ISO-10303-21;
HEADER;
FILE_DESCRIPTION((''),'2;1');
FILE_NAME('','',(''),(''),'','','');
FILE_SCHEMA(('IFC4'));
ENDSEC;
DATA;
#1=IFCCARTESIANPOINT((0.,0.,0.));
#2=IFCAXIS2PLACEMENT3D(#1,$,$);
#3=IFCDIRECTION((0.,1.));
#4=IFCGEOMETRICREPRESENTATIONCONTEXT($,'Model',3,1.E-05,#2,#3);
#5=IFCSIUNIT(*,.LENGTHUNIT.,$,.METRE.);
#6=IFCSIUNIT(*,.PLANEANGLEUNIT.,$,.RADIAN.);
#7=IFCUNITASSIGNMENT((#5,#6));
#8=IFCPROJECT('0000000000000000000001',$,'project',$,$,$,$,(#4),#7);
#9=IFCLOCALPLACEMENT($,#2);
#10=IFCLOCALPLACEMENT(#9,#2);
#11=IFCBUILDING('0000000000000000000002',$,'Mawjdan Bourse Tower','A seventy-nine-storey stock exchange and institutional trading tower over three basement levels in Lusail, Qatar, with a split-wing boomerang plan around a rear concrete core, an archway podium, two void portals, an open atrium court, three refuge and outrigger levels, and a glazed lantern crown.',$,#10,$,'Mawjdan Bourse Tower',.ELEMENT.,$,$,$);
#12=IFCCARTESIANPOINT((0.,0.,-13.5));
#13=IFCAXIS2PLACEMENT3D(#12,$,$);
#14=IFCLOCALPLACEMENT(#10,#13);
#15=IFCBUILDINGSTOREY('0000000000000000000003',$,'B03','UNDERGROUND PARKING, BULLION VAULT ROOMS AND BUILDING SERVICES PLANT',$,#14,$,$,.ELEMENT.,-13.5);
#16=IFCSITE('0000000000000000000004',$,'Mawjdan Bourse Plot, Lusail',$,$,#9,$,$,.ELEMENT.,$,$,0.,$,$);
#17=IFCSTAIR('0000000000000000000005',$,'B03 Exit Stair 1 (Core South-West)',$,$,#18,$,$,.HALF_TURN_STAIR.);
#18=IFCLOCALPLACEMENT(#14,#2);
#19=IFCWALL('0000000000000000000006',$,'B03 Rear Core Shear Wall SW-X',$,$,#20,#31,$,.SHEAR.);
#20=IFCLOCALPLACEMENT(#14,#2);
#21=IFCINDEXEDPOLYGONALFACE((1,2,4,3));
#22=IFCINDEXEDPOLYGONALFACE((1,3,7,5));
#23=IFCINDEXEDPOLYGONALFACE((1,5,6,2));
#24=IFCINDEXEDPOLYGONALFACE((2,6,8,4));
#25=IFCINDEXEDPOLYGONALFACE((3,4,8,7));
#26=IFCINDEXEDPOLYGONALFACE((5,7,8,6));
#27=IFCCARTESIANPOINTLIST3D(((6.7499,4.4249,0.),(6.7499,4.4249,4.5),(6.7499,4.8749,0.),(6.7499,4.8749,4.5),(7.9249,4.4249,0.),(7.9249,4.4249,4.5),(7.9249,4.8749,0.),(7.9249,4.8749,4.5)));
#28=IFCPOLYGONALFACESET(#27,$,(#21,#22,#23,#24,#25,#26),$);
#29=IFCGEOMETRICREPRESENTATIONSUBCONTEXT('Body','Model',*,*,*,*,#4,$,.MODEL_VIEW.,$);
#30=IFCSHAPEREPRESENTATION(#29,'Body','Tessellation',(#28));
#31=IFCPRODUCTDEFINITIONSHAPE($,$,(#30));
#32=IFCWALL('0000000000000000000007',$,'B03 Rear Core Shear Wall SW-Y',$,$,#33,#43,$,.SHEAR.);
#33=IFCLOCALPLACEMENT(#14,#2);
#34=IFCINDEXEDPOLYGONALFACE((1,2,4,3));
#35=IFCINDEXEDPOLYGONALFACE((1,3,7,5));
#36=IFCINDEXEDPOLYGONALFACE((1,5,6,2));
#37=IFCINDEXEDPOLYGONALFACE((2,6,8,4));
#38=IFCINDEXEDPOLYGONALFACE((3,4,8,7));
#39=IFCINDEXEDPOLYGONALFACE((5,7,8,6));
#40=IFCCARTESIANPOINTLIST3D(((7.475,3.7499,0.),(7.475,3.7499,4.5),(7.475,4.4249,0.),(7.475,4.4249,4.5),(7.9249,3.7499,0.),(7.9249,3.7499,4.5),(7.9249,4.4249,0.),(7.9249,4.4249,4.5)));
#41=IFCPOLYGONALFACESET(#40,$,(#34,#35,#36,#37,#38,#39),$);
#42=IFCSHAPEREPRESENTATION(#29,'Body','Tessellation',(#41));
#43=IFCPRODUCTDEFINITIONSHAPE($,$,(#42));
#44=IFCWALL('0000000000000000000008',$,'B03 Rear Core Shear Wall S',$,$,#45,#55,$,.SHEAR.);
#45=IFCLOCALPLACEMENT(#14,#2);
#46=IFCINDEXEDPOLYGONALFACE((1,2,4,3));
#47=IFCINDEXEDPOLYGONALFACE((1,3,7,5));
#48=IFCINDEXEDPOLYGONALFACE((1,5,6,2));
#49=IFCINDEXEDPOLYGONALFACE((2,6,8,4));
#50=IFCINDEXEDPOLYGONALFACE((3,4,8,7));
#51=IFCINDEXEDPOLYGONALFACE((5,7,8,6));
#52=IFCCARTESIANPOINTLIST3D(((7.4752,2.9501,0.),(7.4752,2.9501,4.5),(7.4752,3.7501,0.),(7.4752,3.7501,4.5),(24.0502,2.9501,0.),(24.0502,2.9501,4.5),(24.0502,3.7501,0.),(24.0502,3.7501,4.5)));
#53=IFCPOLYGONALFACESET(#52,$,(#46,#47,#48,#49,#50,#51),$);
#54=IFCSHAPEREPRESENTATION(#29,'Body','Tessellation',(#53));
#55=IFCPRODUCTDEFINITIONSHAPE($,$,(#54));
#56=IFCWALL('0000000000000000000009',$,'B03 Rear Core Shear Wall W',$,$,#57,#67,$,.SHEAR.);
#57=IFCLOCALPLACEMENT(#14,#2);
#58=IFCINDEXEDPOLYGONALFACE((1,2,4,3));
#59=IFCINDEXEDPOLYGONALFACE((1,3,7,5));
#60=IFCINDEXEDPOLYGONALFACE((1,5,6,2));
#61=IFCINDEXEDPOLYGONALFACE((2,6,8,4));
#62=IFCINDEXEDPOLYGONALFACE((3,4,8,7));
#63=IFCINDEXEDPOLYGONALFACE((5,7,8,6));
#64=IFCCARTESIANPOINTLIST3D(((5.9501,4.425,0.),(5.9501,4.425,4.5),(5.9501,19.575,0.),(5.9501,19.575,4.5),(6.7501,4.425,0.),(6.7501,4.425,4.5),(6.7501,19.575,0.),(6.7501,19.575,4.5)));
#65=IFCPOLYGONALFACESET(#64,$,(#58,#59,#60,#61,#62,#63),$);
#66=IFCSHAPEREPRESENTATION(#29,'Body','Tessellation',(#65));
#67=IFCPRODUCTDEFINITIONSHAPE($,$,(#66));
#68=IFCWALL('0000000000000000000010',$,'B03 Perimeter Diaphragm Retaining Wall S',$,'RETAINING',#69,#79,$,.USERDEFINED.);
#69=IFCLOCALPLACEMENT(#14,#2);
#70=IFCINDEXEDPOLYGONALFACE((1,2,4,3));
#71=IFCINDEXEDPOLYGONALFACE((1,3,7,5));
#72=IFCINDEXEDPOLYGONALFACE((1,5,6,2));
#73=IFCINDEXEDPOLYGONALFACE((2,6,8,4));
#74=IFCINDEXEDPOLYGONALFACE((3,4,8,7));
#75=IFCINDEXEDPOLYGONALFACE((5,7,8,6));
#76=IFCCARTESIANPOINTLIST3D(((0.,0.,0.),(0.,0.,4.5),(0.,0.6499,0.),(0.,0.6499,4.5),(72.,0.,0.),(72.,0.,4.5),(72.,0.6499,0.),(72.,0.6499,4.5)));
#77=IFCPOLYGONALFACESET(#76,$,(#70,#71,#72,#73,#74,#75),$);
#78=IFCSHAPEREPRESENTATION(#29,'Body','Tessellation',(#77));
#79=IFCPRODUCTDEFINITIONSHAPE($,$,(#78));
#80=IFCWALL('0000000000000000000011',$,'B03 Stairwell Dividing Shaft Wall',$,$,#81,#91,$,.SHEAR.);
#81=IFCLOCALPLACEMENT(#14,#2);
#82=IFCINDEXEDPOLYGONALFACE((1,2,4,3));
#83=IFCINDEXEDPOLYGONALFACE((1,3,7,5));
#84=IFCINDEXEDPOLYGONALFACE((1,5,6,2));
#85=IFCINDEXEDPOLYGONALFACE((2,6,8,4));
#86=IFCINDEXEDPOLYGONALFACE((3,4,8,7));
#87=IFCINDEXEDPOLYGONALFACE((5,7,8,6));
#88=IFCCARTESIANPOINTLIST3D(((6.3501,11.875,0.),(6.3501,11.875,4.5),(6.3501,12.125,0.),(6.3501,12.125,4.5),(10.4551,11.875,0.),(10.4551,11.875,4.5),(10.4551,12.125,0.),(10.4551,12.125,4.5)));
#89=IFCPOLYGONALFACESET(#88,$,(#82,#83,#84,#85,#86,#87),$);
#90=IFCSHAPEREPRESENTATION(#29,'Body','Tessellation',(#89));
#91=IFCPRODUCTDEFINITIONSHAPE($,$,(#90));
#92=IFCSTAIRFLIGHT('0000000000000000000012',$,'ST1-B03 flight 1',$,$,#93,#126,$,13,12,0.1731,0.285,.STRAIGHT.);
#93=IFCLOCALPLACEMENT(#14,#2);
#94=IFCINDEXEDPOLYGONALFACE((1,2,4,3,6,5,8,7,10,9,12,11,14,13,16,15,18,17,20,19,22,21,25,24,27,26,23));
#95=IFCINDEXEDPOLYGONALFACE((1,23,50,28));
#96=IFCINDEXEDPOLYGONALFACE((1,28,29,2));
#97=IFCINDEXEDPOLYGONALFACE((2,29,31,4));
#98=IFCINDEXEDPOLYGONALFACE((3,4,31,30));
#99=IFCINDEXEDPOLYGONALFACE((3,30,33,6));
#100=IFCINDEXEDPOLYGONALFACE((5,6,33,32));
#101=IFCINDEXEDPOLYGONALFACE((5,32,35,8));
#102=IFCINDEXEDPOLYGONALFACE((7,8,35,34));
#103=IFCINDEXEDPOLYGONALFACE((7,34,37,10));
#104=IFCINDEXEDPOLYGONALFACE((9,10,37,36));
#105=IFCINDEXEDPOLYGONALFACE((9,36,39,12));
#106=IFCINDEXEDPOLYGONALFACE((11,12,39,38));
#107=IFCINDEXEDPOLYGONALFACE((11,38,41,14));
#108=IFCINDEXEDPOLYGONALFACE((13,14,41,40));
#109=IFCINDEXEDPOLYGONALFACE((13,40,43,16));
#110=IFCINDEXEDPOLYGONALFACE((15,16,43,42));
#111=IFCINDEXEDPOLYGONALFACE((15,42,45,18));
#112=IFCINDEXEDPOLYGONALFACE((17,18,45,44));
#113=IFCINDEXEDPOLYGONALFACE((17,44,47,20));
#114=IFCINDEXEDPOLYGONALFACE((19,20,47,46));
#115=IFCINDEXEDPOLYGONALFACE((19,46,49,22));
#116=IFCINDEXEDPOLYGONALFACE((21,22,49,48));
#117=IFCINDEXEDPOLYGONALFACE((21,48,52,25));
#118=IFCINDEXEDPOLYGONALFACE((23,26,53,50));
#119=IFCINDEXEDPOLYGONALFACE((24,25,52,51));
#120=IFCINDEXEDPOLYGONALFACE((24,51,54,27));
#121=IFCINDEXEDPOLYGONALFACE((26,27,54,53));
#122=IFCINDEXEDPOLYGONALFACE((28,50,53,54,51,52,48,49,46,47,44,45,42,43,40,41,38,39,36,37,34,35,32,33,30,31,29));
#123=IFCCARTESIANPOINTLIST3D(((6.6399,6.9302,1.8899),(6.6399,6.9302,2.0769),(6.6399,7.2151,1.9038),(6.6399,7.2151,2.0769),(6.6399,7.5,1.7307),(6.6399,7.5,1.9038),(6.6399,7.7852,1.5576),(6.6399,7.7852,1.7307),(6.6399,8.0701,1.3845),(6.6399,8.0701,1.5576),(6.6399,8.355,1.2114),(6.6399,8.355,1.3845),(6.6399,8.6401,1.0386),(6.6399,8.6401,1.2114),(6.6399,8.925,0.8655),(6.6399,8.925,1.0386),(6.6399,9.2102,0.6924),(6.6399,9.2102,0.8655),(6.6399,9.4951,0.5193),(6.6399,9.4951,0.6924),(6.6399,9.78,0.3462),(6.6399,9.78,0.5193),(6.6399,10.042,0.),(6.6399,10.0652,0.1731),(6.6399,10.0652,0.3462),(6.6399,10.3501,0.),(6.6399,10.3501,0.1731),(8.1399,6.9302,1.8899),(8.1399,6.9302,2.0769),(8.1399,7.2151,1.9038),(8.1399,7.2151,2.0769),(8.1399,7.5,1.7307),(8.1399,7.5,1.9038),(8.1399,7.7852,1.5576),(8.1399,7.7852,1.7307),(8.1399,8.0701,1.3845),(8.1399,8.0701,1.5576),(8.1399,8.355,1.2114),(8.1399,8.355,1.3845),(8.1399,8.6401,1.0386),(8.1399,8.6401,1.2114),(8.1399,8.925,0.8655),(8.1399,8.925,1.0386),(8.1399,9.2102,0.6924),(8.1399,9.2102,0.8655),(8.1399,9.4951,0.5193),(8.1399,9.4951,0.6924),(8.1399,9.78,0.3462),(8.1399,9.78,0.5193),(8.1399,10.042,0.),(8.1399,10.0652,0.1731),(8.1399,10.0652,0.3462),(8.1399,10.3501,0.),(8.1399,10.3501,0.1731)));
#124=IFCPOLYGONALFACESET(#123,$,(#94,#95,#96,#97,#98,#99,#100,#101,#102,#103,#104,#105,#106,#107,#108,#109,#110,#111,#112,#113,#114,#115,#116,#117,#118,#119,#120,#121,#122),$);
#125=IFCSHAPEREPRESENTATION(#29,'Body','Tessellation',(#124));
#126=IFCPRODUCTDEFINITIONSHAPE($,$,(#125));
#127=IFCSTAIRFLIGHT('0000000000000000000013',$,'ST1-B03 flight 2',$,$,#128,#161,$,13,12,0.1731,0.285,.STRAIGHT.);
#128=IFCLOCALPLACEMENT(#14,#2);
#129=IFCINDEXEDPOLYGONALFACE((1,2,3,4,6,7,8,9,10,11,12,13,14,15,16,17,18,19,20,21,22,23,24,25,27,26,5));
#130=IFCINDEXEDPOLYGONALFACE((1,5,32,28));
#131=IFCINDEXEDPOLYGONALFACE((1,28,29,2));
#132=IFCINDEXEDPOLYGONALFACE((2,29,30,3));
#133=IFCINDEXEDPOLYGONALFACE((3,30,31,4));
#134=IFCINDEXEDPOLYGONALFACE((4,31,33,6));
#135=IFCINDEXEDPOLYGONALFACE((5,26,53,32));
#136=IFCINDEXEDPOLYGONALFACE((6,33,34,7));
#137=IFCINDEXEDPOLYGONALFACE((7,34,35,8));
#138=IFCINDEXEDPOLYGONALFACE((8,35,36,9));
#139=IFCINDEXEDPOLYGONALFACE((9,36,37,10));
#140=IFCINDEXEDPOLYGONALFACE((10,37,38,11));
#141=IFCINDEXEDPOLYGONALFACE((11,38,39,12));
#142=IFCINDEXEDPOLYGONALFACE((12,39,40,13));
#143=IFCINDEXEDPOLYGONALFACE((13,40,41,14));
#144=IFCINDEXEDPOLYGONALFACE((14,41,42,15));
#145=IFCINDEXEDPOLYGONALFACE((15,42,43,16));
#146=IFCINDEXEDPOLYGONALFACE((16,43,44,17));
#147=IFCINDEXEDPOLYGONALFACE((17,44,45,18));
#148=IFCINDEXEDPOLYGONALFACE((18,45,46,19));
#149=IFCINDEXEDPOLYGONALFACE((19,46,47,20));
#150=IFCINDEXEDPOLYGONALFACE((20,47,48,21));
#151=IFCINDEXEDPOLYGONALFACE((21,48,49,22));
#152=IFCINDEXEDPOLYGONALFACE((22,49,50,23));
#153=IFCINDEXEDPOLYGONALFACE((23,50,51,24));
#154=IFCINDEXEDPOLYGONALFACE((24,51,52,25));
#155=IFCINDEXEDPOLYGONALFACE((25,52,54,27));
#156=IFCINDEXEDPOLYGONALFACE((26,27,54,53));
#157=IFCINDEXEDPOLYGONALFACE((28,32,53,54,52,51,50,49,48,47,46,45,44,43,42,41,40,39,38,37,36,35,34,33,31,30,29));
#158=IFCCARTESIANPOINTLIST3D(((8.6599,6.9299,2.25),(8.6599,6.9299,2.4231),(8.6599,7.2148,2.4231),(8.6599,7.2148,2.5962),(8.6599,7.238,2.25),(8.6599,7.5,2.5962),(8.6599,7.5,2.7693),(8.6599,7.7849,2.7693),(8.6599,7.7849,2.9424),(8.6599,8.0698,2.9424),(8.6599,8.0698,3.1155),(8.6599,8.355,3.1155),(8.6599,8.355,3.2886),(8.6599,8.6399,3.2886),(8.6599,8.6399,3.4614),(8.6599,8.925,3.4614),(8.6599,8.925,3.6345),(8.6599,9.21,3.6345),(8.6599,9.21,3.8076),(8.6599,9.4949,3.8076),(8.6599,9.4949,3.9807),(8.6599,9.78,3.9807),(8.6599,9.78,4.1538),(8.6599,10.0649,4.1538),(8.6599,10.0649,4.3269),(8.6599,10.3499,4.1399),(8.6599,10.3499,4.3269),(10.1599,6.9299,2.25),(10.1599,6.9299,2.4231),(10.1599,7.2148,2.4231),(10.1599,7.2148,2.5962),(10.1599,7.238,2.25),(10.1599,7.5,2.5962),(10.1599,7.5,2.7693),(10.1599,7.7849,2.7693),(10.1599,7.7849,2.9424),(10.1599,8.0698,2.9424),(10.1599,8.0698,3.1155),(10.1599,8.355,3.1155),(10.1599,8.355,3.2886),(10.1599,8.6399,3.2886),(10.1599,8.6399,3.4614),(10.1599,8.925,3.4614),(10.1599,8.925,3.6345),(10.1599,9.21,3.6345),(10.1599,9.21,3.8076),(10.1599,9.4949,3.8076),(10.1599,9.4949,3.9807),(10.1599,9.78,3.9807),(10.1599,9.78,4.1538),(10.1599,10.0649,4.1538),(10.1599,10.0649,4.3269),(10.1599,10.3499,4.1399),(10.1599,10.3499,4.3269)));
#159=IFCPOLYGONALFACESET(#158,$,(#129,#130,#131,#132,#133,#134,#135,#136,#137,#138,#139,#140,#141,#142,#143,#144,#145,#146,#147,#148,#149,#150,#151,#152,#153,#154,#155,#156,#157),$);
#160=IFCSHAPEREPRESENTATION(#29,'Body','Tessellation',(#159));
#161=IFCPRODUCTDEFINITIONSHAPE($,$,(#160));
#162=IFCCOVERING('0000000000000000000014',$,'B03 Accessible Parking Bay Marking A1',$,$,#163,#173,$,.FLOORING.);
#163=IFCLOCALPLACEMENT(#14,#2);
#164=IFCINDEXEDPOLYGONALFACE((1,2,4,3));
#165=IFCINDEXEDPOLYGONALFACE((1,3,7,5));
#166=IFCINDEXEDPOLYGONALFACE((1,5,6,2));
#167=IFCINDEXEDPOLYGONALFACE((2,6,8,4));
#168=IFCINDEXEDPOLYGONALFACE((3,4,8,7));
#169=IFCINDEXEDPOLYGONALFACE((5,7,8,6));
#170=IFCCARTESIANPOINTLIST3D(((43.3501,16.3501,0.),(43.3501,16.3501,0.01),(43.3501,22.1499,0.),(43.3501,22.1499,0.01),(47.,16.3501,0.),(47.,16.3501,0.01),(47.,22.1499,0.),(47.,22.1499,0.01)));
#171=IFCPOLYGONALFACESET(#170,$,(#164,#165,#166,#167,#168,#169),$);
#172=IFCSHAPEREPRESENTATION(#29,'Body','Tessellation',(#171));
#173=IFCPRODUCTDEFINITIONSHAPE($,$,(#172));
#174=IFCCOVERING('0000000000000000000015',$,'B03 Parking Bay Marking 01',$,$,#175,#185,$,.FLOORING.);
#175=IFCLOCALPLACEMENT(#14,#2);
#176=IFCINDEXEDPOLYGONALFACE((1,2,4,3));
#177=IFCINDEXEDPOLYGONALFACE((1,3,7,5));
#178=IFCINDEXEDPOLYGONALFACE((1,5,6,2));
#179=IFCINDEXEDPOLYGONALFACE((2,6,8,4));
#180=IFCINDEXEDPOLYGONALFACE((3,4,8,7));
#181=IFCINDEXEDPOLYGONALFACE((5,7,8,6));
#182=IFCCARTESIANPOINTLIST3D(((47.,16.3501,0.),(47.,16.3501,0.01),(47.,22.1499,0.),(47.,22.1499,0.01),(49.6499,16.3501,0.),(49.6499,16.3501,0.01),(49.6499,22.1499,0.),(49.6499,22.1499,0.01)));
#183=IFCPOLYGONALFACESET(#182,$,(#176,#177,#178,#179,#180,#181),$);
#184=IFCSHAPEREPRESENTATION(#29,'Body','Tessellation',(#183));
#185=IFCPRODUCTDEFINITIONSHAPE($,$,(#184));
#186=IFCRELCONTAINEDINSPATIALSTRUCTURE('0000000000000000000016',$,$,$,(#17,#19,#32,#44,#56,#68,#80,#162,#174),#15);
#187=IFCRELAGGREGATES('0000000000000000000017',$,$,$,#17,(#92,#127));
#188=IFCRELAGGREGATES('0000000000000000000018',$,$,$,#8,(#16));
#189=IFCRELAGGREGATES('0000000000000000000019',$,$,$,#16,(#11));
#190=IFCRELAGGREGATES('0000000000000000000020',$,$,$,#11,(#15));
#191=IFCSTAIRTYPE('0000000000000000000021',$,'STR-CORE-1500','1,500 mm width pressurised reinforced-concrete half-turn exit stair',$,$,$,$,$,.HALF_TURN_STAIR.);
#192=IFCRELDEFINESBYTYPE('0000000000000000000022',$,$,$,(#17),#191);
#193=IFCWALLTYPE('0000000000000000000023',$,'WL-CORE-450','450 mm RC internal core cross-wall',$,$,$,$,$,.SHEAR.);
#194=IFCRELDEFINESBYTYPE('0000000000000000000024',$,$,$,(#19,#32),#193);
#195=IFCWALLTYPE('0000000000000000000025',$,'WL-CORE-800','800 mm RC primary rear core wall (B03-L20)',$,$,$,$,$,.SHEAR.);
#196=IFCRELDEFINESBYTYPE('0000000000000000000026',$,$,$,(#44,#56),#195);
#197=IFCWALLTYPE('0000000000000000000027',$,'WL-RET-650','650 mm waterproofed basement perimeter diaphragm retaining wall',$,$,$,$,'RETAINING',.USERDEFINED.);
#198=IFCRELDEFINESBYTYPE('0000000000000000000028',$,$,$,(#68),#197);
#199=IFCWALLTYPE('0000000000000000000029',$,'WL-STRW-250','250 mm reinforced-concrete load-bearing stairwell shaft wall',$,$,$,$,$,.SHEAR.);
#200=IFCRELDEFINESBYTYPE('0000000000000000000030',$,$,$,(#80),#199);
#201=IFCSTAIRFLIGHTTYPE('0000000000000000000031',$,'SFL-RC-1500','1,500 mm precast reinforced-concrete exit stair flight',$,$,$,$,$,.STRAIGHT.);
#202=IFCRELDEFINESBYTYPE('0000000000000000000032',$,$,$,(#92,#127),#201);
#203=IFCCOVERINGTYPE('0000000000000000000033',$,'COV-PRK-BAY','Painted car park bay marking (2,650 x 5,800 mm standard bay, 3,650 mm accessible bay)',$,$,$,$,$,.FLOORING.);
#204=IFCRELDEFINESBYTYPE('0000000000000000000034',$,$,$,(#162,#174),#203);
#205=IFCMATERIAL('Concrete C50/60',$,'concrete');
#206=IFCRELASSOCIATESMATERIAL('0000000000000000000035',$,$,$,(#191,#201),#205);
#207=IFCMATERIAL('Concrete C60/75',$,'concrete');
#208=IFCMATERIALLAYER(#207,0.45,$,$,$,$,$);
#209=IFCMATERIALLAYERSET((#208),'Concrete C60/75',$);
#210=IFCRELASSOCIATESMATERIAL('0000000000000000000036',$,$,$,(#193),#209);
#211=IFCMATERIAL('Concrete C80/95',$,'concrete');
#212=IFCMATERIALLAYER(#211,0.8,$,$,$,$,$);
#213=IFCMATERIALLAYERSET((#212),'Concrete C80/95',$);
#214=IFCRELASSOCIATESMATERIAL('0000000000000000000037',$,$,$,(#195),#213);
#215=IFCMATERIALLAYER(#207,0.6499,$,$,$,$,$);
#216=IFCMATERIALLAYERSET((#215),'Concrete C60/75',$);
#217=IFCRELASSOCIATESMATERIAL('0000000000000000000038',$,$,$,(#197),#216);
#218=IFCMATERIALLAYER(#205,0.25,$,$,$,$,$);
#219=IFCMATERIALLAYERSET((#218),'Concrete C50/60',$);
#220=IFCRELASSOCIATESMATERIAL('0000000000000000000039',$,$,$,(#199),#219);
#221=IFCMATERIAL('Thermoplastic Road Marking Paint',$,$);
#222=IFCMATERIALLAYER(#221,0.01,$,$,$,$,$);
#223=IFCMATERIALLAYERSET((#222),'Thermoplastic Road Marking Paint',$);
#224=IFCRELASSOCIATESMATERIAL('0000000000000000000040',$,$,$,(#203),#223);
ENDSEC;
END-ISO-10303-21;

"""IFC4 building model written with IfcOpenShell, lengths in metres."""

from ifc_helpers import new_model, si_unit, direction, frame, frame_2d, origin, place, context, subcontext, project, spatial, polyline, rectangle, outline, extrude, material, layer, layer_set, type_object, element, aggregate, save


model = new_model("IFC4")

# Units and contexts
model_context = context("Model", 3, precision=1e-05, world=origin(), true_north=direction((0.0, 1.0)))
body_context = subcontext(model_context, "Body", "Model", "MODEL_VIEW")
ifc_project = project(units=[si_unit("LENGTHUNIT", "METRE"), si_unit("PLANEANGLEUNIT", "RADIAN")], contexts=[model_context])

# Site, building, storey
site_placement = place(None, origin())
site = spatial("IfcSite", under=ifc_project, at=site_placement, Name="Mawjdan Bourse Plot, Lusail", CompositionType="ELEMENT", RefElevation=0.0)
building_placement = place(site_placement, origin())
building = spatial("IfcBuilding", under=site, at=building_placement, Name="Mawjdan Bourse Tower", Description="A seventy-nine-storey stock exchange and institutional trading tower over three basement levels in Lusail, Qatar, with a split-wing boomerang plan around a rear concrete core, an archway podium, two void portals, an open atrium court, three refuge and outrigger levels, and a glazed lantern crown.", LongName="Mawjdan Bourse Tower", CompositionType="ELEMENT")
storey_placement = place(building_placement, frame((0.0, 0.0, -13.5)))
storey = spatial("IfcBuildingStorey", under=building, at=storey_placement, Name="B03", Description="UNDERGROUND PARKING, BULLION VAULT ROOMS AND BUILDING SERVICES PLANT", CompositionType="ELEMENT", Elevation=-13.5)

# Shared definitions
ifc_material_1 = material(Name="Concrete C60/75", Category="concrete")

# Shared definitions
ifc_material_2 = material(Name="Concrete C80/95", Category="concrete")

# Shared definitions
ifc_material_3 = material(Name="Concrete C50/60", Category="concrete")

# Stair
stair_type = type_object("IfcStairType", Name="STR-CORE-1500", Description="1,500 mm width pressurised reinforced-concrete half-turn exit stair", PredefinedType="HALF_TURN_STAIR", material=ifc_material_3)
stair_1_placement = place(storey_placement, origin())
stair_1 = element("IfcStair", 1, at=stair_1_placement, inside=storey, type_object=stair_type, Name="B03 Exit Stair 1 (Core South-West)", PredefinedType="HALF_TURN_STAIR")

# Walls
ifc_layer_1 = layer(ifc_material_1, 0.45)
ifc_layer_set_1 = layer_set([ifc_layer_1], Name="Concrete C60/75")
wall_type_1 = type_object("IfcWallType", Name="WL-CORE-450", Description="450 mm RC internal core cross-wall", PredefinedType="SHEAR", material=ifc_layer_set_1)
wall_1_placement = place(storey_placement, frame((6.75, 4.6499, 0.0), z_axis=(0.0, 0.0, 1.0), x_axis=(1.0, 0.0, 0.0)))
element("IfcWall", 2, at=wall_1_placement, inside=storey, type_object=wall_type_1, Name="B03 Rear Core Shear Wall SW-X", PredefinedType="SHEAR", context=body_context, shape_type="SweptSolid", body=[
    extrude(rectangle(XDim=1.175, YDim=0.45, at=frame_2d((0.5874, 0.0))), origin(), (0.0, 0.0, 1.0), 4.5),
])
wall_2_placement = place(storey_placement, frame((7.7, 3.75, 0.0), z_axis=(0.0, 0.0, 1.0), x_axis=(0.0, 1.0, 0.0)))
element("IfcWall", 3, at=wall_2_placement, inside=storey, type_object=wall_type_1, Name="B03 Rear Core Shear Wall SW-Y", PredefinedType="SHEAR", context=body_context, shape_type="SweptSolid", body=[
    extrude(rectangle(XDim=0.675, YDim=0.45, at=frame_2d((0.3374, 0.0))), origin(), (0.0, 0.0, 1.0), 4.5),
])
ifc_layer_2 = layer(ifc_material_2, 0.8)
ifc_layer_set_2 = layer_set([ifc_layer_2], Name="Concrete C80/95")
wall_type_2 = type_object("IfcWallType", Name="WL-CORE-800", Description="800 mm RC primary rear core wall (B03-L20)", PredefinedType="SHEAR", material=ifc_layer_set_2)
wall_3_placement = place(storey_placement, frame((7.4751, 3.3501, 0.0), z_axis=(0.0, 0.0, 1.0), x_axis=(1.0, 0.0, 0.0)))
element("IfcWall", 4, at=wall_3_placement, inside=storey, type_object=wall_type_2, Name="B03 Rear Core Shear Wall S", PredefinedType="SHEAR", context=body_context, shape_type="SweptSolid", body=[
    extrude(rectangle(XDim=16.575, YDim=0.8, at=frame_2d((8.2876, 0.0))), origin(), (0.0, 0.0, 1.0), 4.5),
])
wall_4_placement = place(storey_placement, frame((6.3501, 4.425, 0.0), z_axis=(0.0, 0.0, 1.0), x_axis=(0.0, 1.0, 0.0)))
element("IfcWall", 5, at=wall_4_placement, inside=storey, type_object=wall_type_2, Name="B03 Rear Core Shear Wall W", PredefinedType="SHEAR", context=body_context, shape_type="SweptSolid", body=[
    extrude(rectangle(XDim=15.1499, YDim=0.8, at=frame_2d((7.575, 0.0))), origin(), (0.0, 0.0, 1.0), 4.5),
])
ifc_layer_3 = layer(ifc_material_1, 0.6499)
ifc_layer_set_3 = layer_set([ifc_layer_3], Name="Concrete C60/75")
wall_type_3 = type_object("IfcWallType", Name="WL-RET-650", Description="650 mm waterproofed basement perimeter diaphragm retaining wall", ElementType="RETAINING", PredefinedType="USERDEFINED", material=ifc_layer_set_3)
wall_5_placement = place(storey_placement, frame((0.0, 0.325, 0.0), z_axis=(0.0, 0.0, 1.0), x_axis=(1.0, 0.0, 0.0)))
element("IfcWall", 6, at=wall_5_placement, inside=storey, type_object=wall_type_3, Name="B03 Perimeter Diaphragm Retaining Wall S", ObjectType="RETAINING", PredefinedType="USERDEFINED", context=body_context, shape_type="SweptSolid", body=[
    extrude(rectangle(XDim=72.0, YDim=0.6499, at=frame_2d((36.0, 0.0))), origin(), (0.0, 0.0, 1.0), 4.5),
])
ifc_layer_4 = layer(ifc_material_3, 0.25)
ifc_layer_set_4 = layer_set([ifc_layer_4], Name="Concrete C50/60")
wall_type_4 = type_object("IfcWallType", Name="WL-STRW-250", Description="250 mm reinforced-concrete load-bearing stairwell shaft wall", PredefinedType="SHEAR", material=ifc_layer_set_4)
wall_6_placement = place(storey_placement, frame((6.3501, 12.0, 0.0), z_axis=(0.0, 0.0, 1.0), x_axis=(1.0, 0.0, 0.0)))
element("IfcWall", 7, at=wall_6_placement, inside=storey, type_object=wall_type_4, Name="B03 Stairwell Dividing Shaft Wall", PredefinedType="SHEAR", context=body_context, shape_type="SweptSolid", body=[
    extrude(rectangle(XDim=4.105, YDim=0.25, at=frame_2d((2.0525, 0.0))), origin(), (0.0, 0.0, 1.0), 4.5),
])

# Stair flights
stair_flight_type = type_object("IfcStairFlightType", Name="SFL-RC-1500", Description="1,500 mm precast reinforced-concrete exit stair flight", PredefinedType="STRAIGHT", material=ifc_material_3)
stair_flight_1_placement = place(storey_placement, frame((7.3899, 10.3501, 0.0), z_axis=(0.0, 0.0, 1.0), x_axis=(0.0, -1.0, 0.0)))
stair_flight_1 = element("IfcStairFlight", 8, at=stair_flight_1_placement, type_object=stair_flight_type, Name="ST1-B03 flight 1", NumberOfRisers=13, NumberOfTreads=12, PredefinedType="STRAIGHT", RiserHeight=0.1731, TreadLength=0.285, context=body_context, shape_type="SweptSolid", body=[
    extrude(outline(polyline([(0.0, 0.0), (0.0, 0.1731), (0.2849, 0.1731), (0.2849, 0.3462), (0.5701, 0.3462), (0.5701, 0.5193), (0.855, 0.5193), (0.855, 0.6924), (1.1399, 0.6924), (1.1399, 0.8655), (1.425, 0.8655), (1.425, 1.0386), (1.71, 1.0386), (1.71, 1.2114), (1.9951, 1.2114), (1.9951, 1.3845), (2.28, 1.3845), (2.28, 1.5576), (2.5649, 1.5576), (2.5649, 1.7307), (2.8501, 1.7307), (2.8501, 1.9038), (3.135, 1.9038), (3.135, 2.0769), (3.4199, 2.0769), (3.4199, 2.25), (3.4199, 1.8899), (0.3081, 0.0), (0.0, 0.0)])), frame((0.0, 0.75, 0.0), z_axis=(0.0, -1.0, 0.0), x_axis=(1.0, 0.0, 0.0)), (0.0, 0.0, 1.0), 1.5),
])
stair_flight_2_placement = place(storey_placement, frame((9.4099, 6.9299, 2.25), z_axis=(0.0, 0.0, 1.0), x_axis=(0.0, 1.0, 0.0)))
stair_flight_2 = element("IfcStairFlight", 9, at=stair_flight_2_placement, type_object=stair_flight_type, Name="ST1-B03 flight 2", NumberOfRisers=13, NumberOfTreads=12, PredefinedType="STRAIGHT", RiserHeight=0.1731, TreadLength=0.285, context=body_context, shape_type="SweptSolid", body=[
    extrude(outline(polyline([(0.0, 0.0), (0.0, 0.1731), (0.2849, 0.1731), (0.2849, 0.3462), (0.5701, 0.3462), (0.5701, 0.5193), (0.855, 0.5193), (0.855, 0.6924), (1.1399, 0.6924), (1.1399, 0.8655), (1.425, 0.8655), (1.425, 1.0386), (1.71, 1.0386), (1.71, 1.2114), (1.9951, 1.2114), (1.9951, 1.3845), (2.28, 1.3845), (2.28, 1.5576), (2.5649, 1.5576), (2.5649, 1.7307), (2.8501, 1.7307), (2.8501, 1.9038), (3.135, 1.9038), (3.135, 2.0769), (3.4199, 2.0769), (3.4199, 2.25), (3.4199, 1.8899), (0.3081, 0.0), (0.0, 0.0)])), frame((0.0, 0.75, 0.0), z_axis=(0.0, -1.0, 0.0), x_axis=(1.0, 0.0, 0.0)), (0.0, 0.0, 1.0), 1.5),
])
aggregate(stair_1, [stair_flight_1, stair_flight_2])

# Coverings
ifc_material_4 = material(Name="Thermoplastic Road Marking Paint")
ifc_layer_5 = layer(ifc_material_4, 0.01)
ifc_layer_set_5 = layer_set([ifc_layer_5], Name="Thermoplastic Road Marking Paint")
covering_type = type_object("IfcCoveringType", Name="COV-PRK-BAY", Description="Painted car park bay marking (2,650 x 5,800 mm standard bay, 3,650 mm accessible bay)", PredefinedType="FLOORING", material=ifc_layer_set_5)
covering_1_placement = place(storey_placement, origin())
element("IfcCovering", 10, at=covering_1_placement, inside=storey, type_object=covering_type, Name="B03 Accessible Parking Bay Marking A1", PredefinedType="FLOORING", context=body_context, shape_type="SweptSolid", body=[
    extrude(outline(polyline([(43.3501, 16.3501), (47.0, 16.3501), (47.0, 22.1499), (43.3501, 22.1499), (43.3501, 16.3501)])), origin(), (0.0, 0.0, 1.0), 0.01),
])
covering_2_placement = place(storey_placement, origin())
element("IfcCovering", 11, at=covering_2_placement, inside=storey, type_object=covering_type, Name="B03 Parking Bay Marking 01", PredefinedType="FLOORING", context=body_context, shape_type="SweptSolid", body=[
    extrude(outline(polyline([(47.0, 16.3501), (49.6499, 16.3501), (49.6499, 22.1499), (47.0, 22.1499), (47.0, 16.3501)])), origin(), (0.0, 0.0, 1.0), 0.01),
])

save(model, "model.ifc")
